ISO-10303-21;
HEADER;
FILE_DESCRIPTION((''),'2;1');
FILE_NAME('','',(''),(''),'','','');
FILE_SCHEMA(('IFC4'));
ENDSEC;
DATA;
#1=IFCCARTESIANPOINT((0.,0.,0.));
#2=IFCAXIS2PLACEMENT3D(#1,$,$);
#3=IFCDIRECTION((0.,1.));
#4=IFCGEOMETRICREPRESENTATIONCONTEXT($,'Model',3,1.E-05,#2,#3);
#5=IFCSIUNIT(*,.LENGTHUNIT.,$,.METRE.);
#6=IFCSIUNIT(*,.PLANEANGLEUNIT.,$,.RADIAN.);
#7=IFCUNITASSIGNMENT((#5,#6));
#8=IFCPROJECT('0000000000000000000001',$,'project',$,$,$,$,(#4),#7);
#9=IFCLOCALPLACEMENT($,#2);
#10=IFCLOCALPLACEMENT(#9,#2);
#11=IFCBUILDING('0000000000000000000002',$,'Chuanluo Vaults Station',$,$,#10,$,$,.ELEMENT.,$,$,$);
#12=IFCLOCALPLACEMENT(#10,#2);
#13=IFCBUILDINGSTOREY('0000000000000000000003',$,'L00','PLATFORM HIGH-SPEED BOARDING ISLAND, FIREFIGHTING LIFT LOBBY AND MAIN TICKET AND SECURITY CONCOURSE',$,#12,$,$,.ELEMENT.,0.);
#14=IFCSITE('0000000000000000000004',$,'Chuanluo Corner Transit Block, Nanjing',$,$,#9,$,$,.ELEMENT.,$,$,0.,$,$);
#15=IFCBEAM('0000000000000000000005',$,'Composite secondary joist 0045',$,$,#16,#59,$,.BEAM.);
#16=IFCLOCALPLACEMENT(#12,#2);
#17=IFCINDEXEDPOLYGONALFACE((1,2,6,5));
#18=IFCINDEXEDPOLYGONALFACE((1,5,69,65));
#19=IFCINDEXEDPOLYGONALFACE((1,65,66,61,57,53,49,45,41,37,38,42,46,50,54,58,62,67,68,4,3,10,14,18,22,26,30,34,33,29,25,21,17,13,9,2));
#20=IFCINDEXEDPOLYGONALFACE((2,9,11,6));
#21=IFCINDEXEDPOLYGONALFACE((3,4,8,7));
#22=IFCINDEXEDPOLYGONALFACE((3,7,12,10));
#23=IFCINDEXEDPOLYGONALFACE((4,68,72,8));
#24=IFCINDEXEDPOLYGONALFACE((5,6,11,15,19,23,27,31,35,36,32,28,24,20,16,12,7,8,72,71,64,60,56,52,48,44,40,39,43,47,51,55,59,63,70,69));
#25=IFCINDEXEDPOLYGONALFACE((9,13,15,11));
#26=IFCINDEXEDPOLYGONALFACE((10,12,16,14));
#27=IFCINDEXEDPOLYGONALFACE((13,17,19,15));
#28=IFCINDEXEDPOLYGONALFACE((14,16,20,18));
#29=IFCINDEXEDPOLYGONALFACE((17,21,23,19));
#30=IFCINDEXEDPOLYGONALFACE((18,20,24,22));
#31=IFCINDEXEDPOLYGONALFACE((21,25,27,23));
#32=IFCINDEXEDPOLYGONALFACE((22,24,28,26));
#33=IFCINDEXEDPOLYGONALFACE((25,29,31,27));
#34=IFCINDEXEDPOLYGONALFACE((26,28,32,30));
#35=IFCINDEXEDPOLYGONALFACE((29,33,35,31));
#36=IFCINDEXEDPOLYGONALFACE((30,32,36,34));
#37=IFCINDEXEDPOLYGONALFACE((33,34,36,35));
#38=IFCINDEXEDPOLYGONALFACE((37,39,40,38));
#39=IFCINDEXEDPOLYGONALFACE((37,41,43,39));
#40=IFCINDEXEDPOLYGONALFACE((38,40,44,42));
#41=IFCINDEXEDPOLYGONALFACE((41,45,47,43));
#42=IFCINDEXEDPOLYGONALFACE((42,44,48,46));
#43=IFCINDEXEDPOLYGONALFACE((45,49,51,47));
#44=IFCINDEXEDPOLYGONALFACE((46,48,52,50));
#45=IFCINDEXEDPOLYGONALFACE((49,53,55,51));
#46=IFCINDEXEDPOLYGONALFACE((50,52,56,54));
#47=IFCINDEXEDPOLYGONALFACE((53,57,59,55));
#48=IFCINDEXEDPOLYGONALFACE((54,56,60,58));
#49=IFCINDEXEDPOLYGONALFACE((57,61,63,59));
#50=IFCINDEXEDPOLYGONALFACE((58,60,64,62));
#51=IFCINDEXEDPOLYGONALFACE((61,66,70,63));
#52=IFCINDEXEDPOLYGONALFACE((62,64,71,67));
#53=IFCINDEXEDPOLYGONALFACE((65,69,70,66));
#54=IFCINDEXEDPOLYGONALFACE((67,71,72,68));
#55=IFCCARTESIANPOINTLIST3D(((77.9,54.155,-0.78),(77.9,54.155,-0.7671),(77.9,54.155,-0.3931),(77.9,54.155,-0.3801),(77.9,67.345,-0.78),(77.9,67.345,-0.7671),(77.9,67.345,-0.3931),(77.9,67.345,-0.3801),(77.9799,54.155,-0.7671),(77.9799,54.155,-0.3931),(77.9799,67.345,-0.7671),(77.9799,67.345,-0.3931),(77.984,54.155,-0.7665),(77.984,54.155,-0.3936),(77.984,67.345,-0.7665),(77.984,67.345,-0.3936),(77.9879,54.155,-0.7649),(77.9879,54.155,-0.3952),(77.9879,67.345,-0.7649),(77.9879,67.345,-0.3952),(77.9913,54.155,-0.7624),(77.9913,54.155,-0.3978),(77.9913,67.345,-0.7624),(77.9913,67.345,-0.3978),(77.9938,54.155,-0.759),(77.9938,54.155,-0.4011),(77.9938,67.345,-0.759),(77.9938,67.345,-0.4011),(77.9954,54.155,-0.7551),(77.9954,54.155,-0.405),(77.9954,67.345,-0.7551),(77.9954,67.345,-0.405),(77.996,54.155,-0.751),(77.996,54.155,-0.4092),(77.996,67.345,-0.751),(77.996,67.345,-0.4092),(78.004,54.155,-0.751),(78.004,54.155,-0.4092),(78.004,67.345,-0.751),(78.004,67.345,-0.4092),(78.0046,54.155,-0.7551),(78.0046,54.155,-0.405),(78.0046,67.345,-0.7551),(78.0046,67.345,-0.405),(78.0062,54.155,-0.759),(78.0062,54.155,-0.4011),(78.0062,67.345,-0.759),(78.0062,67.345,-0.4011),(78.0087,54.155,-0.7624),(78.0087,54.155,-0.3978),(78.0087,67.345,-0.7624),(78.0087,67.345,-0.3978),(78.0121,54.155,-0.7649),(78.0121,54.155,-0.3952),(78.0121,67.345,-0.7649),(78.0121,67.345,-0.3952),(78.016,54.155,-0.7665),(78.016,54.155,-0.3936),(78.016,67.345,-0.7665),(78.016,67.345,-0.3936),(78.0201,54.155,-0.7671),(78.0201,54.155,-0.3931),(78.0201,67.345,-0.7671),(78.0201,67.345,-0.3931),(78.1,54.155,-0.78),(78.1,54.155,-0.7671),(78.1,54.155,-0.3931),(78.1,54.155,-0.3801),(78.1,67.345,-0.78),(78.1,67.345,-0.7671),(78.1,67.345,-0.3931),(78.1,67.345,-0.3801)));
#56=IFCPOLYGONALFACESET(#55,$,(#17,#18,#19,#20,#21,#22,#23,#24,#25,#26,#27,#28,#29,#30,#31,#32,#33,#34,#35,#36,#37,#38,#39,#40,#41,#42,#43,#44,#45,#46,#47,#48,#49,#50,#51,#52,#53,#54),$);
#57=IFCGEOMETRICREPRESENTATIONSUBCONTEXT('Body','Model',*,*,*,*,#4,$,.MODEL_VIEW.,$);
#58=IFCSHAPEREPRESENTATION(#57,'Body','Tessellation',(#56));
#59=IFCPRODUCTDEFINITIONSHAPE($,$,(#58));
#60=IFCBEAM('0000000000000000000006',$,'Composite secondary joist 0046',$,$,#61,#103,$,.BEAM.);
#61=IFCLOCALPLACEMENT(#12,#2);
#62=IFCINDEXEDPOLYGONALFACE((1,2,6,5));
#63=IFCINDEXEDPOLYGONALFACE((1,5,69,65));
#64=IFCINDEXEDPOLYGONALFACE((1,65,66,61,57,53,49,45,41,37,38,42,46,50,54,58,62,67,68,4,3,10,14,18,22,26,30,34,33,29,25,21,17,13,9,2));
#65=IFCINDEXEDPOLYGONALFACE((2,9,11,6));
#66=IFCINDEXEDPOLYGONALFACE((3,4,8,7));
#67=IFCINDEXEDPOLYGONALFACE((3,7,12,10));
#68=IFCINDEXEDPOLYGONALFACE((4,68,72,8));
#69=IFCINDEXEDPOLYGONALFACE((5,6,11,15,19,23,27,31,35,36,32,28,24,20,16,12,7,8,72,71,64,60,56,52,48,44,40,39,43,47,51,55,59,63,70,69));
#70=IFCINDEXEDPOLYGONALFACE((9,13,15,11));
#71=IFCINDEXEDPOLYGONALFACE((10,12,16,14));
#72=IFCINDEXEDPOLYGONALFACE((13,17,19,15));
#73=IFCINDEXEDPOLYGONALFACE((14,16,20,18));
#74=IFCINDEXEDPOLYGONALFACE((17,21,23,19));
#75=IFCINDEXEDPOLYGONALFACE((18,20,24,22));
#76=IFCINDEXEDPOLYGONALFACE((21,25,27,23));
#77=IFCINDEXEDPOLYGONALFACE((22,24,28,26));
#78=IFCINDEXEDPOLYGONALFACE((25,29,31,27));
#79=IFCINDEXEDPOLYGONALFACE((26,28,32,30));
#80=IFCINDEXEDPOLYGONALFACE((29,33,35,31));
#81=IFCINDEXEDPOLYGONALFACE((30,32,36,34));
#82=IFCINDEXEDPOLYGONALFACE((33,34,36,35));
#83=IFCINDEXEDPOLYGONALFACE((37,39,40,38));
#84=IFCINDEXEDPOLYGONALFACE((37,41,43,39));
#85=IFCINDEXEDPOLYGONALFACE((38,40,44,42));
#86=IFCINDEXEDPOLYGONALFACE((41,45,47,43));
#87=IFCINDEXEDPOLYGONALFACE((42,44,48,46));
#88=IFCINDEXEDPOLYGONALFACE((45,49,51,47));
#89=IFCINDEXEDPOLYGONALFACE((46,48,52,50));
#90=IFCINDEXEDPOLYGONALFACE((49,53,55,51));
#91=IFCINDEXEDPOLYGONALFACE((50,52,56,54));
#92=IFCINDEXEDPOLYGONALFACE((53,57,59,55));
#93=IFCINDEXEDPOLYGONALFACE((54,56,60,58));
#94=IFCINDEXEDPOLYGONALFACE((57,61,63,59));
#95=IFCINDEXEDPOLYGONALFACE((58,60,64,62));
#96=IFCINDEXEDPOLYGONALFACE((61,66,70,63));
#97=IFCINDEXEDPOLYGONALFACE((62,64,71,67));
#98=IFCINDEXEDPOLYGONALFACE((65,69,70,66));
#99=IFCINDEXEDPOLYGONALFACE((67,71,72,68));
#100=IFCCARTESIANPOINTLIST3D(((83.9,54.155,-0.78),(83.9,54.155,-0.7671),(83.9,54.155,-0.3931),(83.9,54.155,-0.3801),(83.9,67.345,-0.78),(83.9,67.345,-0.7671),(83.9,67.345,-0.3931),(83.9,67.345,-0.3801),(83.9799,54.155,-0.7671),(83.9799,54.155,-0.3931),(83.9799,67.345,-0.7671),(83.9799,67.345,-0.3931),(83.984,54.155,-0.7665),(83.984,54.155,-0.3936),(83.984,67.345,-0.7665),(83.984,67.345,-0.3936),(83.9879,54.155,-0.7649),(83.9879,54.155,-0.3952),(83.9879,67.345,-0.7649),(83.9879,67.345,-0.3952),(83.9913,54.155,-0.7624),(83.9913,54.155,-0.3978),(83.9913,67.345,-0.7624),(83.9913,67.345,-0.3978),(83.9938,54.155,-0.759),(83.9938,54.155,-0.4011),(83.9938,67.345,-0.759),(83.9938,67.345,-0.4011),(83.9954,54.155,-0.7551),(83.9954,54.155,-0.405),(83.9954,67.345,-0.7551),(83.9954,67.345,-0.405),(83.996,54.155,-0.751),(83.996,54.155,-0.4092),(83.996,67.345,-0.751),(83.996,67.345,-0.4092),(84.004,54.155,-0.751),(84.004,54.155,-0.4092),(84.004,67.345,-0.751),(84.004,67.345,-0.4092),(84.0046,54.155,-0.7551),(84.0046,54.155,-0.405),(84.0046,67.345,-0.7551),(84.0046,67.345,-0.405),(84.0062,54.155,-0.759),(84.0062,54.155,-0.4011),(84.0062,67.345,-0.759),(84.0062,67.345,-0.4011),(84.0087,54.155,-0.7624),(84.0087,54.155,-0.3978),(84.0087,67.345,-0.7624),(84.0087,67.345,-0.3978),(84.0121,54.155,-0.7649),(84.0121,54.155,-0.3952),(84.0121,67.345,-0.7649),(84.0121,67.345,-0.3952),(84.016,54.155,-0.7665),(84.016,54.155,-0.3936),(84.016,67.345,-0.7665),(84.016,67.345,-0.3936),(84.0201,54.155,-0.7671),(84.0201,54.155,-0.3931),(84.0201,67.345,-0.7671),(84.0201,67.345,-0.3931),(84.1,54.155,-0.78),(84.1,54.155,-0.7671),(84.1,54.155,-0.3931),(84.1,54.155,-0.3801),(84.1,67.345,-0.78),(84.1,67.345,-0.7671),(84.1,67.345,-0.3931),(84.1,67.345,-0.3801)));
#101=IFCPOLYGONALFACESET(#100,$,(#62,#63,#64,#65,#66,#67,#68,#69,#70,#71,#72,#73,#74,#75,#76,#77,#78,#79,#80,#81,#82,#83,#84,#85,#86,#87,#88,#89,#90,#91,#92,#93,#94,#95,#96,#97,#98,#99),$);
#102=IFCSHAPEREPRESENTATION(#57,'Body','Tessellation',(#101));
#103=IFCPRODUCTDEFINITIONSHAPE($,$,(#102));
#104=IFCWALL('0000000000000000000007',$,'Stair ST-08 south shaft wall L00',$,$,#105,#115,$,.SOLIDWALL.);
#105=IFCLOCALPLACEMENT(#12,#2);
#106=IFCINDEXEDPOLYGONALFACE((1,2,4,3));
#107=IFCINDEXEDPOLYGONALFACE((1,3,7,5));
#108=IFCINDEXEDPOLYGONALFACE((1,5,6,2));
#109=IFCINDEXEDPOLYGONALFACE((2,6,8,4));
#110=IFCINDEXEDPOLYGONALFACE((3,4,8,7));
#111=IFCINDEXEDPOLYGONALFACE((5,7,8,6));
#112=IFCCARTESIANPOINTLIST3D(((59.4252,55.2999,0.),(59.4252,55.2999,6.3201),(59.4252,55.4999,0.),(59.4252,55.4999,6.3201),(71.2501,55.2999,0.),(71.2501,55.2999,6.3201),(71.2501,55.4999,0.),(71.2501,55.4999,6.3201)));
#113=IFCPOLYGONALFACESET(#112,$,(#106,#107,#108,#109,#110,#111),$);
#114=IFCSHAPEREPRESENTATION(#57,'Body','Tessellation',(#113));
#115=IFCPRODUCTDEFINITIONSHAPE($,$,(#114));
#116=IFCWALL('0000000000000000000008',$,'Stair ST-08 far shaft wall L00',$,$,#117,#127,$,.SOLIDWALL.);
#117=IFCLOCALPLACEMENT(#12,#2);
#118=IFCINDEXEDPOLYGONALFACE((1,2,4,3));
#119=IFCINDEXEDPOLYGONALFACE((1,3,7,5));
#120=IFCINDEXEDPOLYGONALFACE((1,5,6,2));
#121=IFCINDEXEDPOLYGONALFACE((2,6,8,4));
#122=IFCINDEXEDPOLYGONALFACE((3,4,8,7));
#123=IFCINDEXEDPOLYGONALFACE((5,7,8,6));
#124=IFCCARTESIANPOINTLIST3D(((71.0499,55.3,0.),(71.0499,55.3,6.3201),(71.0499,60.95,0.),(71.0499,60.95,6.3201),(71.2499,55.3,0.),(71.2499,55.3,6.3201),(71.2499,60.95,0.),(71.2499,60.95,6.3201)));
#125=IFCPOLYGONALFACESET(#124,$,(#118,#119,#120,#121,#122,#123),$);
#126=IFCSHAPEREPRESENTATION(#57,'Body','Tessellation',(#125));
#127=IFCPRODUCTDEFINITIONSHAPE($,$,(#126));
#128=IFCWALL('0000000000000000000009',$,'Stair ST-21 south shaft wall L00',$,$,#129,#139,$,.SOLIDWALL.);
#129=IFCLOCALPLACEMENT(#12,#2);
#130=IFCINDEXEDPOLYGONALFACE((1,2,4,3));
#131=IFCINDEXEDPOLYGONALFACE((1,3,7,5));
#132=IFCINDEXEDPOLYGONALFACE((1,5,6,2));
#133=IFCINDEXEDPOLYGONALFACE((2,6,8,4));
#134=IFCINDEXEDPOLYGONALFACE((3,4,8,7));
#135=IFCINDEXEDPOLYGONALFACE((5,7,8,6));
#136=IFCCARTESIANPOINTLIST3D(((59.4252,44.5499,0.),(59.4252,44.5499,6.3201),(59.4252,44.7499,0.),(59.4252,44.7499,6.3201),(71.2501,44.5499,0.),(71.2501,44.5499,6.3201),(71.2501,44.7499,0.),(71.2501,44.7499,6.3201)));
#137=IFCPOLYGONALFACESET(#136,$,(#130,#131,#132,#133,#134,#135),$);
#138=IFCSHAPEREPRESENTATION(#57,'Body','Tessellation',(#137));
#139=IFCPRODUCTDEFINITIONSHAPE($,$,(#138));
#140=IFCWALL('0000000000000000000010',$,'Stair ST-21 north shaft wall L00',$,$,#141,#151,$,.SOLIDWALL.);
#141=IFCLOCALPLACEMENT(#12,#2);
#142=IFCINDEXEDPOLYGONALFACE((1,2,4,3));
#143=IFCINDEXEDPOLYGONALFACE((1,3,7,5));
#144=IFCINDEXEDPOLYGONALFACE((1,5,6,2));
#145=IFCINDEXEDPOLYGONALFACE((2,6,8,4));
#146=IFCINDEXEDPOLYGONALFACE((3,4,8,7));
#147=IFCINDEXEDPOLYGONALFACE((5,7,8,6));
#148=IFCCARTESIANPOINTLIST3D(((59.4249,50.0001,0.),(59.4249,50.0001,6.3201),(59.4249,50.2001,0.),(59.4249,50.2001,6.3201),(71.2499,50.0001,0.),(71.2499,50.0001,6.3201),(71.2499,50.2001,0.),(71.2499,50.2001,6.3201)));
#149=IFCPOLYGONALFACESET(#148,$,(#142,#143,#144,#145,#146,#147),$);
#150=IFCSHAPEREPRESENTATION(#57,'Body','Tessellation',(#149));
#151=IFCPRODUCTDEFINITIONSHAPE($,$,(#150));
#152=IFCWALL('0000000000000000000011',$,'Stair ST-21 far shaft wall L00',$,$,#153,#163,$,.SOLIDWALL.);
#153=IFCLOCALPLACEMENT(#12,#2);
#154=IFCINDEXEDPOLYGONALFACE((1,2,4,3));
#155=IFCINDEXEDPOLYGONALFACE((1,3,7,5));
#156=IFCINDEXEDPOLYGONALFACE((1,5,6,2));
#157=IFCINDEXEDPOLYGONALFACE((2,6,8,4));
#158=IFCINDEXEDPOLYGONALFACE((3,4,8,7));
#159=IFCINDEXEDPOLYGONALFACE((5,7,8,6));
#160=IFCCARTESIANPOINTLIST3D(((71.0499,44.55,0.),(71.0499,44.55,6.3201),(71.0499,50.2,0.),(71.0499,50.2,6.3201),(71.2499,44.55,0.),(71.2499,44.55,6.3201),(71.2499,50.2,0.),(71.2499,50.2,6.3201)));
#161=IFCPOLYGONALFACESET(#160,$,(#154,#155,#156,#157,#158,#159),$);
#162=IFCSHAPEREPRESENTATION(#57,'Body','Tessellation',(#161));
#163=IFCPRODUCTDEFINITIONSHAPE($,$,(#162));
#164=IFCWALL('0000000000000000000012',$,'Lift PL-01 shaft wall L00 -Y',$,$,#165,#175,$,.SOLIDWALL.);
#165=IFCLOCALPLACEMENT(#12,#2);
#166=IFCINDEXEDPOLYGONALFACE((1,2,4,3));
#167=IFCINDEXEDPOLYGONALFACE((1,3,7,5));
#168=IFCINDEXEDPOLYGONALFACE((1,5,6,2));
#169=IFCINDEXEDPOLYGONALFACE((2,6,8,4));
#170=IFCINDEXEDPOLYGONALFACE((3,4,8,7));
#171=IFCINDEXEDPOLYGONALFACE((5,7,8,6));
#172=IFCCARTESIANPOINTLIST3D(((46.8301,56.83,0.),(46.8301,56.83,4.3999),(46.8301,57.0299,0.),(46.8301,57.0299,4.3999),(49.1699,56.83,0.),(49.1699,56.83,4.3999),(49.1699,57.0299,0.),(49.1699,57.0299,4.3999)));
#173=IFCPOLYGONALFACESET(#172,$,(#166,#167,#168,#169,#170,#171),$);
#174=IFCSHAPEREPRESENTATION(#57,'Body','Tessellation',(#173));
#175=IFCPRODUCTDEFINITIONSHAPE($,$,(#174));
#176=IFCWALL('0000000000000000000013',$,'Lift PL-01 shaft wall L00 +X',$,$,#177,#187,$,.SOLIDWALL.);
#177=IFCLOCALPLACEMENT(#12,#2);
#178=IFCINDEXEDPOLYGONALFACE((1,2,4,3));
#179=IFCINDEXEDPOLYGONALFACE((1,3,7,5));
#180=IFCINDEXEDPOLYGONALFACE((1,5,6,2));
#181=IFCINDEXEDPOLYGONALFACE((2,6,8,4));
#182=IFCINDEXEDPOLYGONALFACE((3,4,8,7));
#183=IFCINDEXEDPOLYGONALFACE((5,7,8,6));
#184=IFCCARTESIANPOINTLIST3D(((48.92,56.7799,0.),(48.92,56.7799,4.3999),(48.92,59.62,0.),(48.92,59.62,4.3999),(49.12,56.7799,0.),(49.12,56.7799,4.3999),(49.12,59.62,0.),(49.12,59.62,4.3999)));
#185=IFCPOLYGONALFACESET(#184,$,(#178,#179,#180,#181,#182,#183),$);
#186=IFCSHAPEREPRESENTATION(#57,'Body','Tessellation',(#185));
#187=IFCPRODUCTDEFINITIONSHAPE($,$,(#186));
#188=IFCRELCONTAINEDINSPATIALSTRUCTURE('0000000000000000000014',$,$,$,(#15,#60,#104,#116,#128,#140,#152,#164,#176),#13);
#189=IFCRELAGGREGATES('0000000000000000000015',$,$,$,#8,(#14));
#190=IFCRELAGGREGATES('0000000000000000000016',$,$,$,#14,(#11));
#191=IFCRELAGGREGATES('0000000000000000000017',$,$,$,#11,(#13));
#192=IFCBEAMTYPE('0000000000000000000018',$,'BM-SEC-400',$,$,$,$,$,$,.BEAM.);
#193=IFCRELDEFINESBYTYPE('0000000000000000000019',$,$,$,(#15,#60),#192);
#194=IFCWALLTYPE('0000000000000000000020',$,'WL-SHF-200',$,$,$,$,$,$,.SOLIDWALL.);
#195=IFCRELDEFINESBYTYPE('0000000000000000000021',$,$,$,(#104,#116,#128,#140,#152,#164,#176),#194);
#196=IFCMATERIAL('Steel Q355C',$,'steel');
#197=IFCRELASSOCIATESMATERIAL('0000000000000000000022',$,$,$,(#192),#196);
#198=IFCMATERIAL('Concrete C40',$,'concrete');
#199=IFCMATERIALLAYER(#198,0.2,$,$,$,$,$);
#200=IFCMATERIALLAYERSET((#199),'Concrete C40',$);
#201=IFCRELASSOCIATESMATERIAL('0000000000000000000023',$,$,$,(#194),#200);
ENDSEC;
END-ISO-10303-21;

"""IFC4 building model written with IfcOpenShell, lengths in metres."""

from ifc_helpers import new_model, si_unit, direction, frame, frame_2d, origin, origin_2d, place, context, subcontext, project, spatial, rectangle, i_section, extrude, material, layer, layer_set, material_profile, profile_set, type_object, element, save


model = new_model("IFC4")

# Units and contexts
model_context = context("Model", 3, precision=1e-05, world=origin(), true_north=direction((0.0, 1.0)))
body_context = subcontext(model_context, "Body", "Model", "MODEL_VIEW")
ifc_project = project(units=[si_unit("LENGTHUNIT", "METRE"), si_unit("PLANEANGLEUNIT", "RADIAN")], contexts=[model_context])

# Site, building, storey
site_placement = place(None, origin())
site = spatial("IfcSite", under=ifc_project, at=site_placement, Name="Chuanluo Corner Transit Block, Nanjing", CompositionType="ELEMENT", RefElevation=0.0)
building_placement = place(site_placement, origin())
building = spatial("IfcBuilding", under=site, at=building_placement, Name="Chuanluo Vaults Station", CompositionType="ELEMENT")
storey_placement = place(building_placement, origin())
storey = spatial("IfcBuildingStorey", under=building, at=storey_placement, Name="L00", Description="PLATFORM HIGH-SPEED BOARDING ISLAND, FIREFIGHTING LIFT LOBBY AND MAIN TICKET AND SECURITY CONCOURSE", CompositionType="ELEMENT", Elevation=0.0)

# Beams
ifc_material_1 = material(Name="Steel Q355C", Category="steel")
ifc_material_profile_1 = material_profile(ifc_material_1, i_section(OverallWidth=0.2, OverallDepth=0.3999, WebThickness=0.0081, FlangeThickness=0.0129, FilletRadius=0.0161, at=origin_2d()))
ifc_profile_set_1 = profile_set([ifc_material_profile_1], Name="Steel Q355C")
beam_type_1 = type_object("IfcBeamType", Name="BM-SEC-400", PredefinedType="BEAM", material=ifc_profile_set_1)
for number, where, z_axis, x_axis, name in (
    (1, (78.0, 54.155, -0.5801), (0.0, 1.0, 0.0), (-1.0, 0.0, 0.0), "Composite secondary joist 0045"),
    (2, (84.0, 54.155, -0.5801), (0.0, 1.0, 0.0), (-1.0, 0.0, 0.0), "Composite secondary joist 0046"),
):
    element("IfcBeam", number, at=place(storey_placement, frame(where, z_axis=z_axis, x_axis=x_axis)), inside=storey, type_object=beam_type_1, Name=name, PredefinedType="BEAM", context=body_context, shape_type="SweptSolid", body=[
        extrude(i_section(OverallWidth=0.2, OverallDepth=0.3999, WebThickness=0.0081, FlangeThickness=0.0129, FilletRadius=0.0161, at=origin_2d()), origin(), (0.0, 0.0, 1.0), 13.1899),
    ])

# Walls
ifc_material_2 = material(Name="Concrete C40", Category="concrete")
ifc_layer = layer(ifc_material_2, 0.2)
ifc_layer_set = layer_set([ifc_layer], Name="Concrete C40")
wall_type = type_object("IfcWallType", Name="WL-SHF-200", PredefinedType="SOLIDWALL", material=ifc_layer_set)
wall_1_placement = place(storey_placement, frame((59.425, 55.3999, 0.0), z_axis=(0.0, 0.0, 1.0), x_axis=(1.0, 0.0, 0.0)))
element("IfcWall", 3, at=wall_1_placement, inside=storey, type_object=wall_type, Name="Stair ST-08 south shaft wall L00", PredefinedType="SOLIDWALL", context=body_context, shape_type="SweptSolid", body=[
    extrude(rectangle(XDim=11.825, YDim=0.2, at=frame_2d((5.9126, 0.0))), origin(), (0.0, 0.0, 1.0), 6.3201),
])
wall_2_placement = place(storey_placement, frame((71.1499, 55.3, 0.0), z_axis=(0.0, 0.0, 1.0), x_axis=(0.0, 1.0, 0.0)))
element("IfcWall", 4, at=wall_2_placement, inside=storey, type_object=wall_type, Name="Stair ST-08 far shaft wall L00", PredefinedType="SOLIDWALL", context=body_context, shape_type="SweptSolid", body=[
    extrude(rectangle(XDim=5.6499, YDim=0.2, at=frame_2d((2.825, 0.0))), origin(), (0.0, 0.0, 1.0), 6.3201),
])
for number, where, z_axis, x_axis, name in (
    (5, (59.425, 44.6499, 0.0), (0.0, 0.0, 1.0), (1.0, 0.0, 0.0), "Stair ST-21 south shaft wall L00"),
    (6, (71.25, 50.1001, 0.0), (0.0, 0.0, 1.0), (-1.0, 0.0, 0.0), "Stair ST-21 north shaft wall L00"),
):
    element("IfcWall", number, at=place(storey_placement, frame(where, z_axis=z_axis, x_axis=x_axis)), inside=storey, type_object=wall_type, Name=name, PredefinedType="SOLIDWALL", context=body_context, shape_type="SweptSolid", body=[
        extrude(rectangle(XDim=11.825, YDim=0.2, at=frame_2d((5.9126, 0.0))), origin(), (0.0, 0.0, 1.0), 6.3201),
    ])
wall_3_placement = place(storey_placement, frame((71.1499, 44.55, 0.0), z_axis=(0.0, 0.0, 1.0), x_axis=(0.0, 1.0, 0.0)))
element("IfcWall", 7, at=wall_3_placement, inside=storey, type_object=wall_type, Name="Stair ST-21 far shaft wall L00", PredefinedType="SOLIDWALL", context=body_context, shape_type="SweptSolid", body=[
    extrude(rectangle(XDim=5.6499, YDim=0.2, at=frame_2d((2.825, 0.0))), origin(), (0.0, 0.0, 1.0), 6.3201),
])

# Walls
wall_4_placement = place(storey_placement, frame((46.8301, 56.9299, 0.0), z_axis=(0.0, 0.0, 1.0), x_axis=(1.0, 0.0, 0.0)))
element("IfcWall", 8, at=wall_4_placement, inside=storey, type_object=wall_type, Name="Lift PL-01 shaft wall L00 -Y", PredefinedType="SOLIDWALL", context=body_context, shape_type="SweptSolid", body=[
    extrude(rectangle(XDim=2.3398, YDim=0.2, at=frame_2d((1.1699, 0.0))), origin(), (0.0, 0.0, 1.0), 4.3999),
])
wall_5_placement = place(storey_placement, frame((49.02, 56.78, 0.0), z_axis=(0.0, 0.0, 1.0), x_axis=(0.0, 1.0, 0.0)))
element("IfcWall", 9, at=wall_5_placement, inside=storey, type_object=wall_type, Name="Lift PL-01 shaft wall L00 +X", PredefinedType="SOLIDWALL", context=body_context, shape_type="SweptSolid", body=[
    extrude(rectangle(XDim=2.8401, YDim=0.2, at=frame_2d((1.4199, 0.0))), origin(), (0.0, 0.0, 1.0), 4.3999),
])

save(model, "model.ifc")
